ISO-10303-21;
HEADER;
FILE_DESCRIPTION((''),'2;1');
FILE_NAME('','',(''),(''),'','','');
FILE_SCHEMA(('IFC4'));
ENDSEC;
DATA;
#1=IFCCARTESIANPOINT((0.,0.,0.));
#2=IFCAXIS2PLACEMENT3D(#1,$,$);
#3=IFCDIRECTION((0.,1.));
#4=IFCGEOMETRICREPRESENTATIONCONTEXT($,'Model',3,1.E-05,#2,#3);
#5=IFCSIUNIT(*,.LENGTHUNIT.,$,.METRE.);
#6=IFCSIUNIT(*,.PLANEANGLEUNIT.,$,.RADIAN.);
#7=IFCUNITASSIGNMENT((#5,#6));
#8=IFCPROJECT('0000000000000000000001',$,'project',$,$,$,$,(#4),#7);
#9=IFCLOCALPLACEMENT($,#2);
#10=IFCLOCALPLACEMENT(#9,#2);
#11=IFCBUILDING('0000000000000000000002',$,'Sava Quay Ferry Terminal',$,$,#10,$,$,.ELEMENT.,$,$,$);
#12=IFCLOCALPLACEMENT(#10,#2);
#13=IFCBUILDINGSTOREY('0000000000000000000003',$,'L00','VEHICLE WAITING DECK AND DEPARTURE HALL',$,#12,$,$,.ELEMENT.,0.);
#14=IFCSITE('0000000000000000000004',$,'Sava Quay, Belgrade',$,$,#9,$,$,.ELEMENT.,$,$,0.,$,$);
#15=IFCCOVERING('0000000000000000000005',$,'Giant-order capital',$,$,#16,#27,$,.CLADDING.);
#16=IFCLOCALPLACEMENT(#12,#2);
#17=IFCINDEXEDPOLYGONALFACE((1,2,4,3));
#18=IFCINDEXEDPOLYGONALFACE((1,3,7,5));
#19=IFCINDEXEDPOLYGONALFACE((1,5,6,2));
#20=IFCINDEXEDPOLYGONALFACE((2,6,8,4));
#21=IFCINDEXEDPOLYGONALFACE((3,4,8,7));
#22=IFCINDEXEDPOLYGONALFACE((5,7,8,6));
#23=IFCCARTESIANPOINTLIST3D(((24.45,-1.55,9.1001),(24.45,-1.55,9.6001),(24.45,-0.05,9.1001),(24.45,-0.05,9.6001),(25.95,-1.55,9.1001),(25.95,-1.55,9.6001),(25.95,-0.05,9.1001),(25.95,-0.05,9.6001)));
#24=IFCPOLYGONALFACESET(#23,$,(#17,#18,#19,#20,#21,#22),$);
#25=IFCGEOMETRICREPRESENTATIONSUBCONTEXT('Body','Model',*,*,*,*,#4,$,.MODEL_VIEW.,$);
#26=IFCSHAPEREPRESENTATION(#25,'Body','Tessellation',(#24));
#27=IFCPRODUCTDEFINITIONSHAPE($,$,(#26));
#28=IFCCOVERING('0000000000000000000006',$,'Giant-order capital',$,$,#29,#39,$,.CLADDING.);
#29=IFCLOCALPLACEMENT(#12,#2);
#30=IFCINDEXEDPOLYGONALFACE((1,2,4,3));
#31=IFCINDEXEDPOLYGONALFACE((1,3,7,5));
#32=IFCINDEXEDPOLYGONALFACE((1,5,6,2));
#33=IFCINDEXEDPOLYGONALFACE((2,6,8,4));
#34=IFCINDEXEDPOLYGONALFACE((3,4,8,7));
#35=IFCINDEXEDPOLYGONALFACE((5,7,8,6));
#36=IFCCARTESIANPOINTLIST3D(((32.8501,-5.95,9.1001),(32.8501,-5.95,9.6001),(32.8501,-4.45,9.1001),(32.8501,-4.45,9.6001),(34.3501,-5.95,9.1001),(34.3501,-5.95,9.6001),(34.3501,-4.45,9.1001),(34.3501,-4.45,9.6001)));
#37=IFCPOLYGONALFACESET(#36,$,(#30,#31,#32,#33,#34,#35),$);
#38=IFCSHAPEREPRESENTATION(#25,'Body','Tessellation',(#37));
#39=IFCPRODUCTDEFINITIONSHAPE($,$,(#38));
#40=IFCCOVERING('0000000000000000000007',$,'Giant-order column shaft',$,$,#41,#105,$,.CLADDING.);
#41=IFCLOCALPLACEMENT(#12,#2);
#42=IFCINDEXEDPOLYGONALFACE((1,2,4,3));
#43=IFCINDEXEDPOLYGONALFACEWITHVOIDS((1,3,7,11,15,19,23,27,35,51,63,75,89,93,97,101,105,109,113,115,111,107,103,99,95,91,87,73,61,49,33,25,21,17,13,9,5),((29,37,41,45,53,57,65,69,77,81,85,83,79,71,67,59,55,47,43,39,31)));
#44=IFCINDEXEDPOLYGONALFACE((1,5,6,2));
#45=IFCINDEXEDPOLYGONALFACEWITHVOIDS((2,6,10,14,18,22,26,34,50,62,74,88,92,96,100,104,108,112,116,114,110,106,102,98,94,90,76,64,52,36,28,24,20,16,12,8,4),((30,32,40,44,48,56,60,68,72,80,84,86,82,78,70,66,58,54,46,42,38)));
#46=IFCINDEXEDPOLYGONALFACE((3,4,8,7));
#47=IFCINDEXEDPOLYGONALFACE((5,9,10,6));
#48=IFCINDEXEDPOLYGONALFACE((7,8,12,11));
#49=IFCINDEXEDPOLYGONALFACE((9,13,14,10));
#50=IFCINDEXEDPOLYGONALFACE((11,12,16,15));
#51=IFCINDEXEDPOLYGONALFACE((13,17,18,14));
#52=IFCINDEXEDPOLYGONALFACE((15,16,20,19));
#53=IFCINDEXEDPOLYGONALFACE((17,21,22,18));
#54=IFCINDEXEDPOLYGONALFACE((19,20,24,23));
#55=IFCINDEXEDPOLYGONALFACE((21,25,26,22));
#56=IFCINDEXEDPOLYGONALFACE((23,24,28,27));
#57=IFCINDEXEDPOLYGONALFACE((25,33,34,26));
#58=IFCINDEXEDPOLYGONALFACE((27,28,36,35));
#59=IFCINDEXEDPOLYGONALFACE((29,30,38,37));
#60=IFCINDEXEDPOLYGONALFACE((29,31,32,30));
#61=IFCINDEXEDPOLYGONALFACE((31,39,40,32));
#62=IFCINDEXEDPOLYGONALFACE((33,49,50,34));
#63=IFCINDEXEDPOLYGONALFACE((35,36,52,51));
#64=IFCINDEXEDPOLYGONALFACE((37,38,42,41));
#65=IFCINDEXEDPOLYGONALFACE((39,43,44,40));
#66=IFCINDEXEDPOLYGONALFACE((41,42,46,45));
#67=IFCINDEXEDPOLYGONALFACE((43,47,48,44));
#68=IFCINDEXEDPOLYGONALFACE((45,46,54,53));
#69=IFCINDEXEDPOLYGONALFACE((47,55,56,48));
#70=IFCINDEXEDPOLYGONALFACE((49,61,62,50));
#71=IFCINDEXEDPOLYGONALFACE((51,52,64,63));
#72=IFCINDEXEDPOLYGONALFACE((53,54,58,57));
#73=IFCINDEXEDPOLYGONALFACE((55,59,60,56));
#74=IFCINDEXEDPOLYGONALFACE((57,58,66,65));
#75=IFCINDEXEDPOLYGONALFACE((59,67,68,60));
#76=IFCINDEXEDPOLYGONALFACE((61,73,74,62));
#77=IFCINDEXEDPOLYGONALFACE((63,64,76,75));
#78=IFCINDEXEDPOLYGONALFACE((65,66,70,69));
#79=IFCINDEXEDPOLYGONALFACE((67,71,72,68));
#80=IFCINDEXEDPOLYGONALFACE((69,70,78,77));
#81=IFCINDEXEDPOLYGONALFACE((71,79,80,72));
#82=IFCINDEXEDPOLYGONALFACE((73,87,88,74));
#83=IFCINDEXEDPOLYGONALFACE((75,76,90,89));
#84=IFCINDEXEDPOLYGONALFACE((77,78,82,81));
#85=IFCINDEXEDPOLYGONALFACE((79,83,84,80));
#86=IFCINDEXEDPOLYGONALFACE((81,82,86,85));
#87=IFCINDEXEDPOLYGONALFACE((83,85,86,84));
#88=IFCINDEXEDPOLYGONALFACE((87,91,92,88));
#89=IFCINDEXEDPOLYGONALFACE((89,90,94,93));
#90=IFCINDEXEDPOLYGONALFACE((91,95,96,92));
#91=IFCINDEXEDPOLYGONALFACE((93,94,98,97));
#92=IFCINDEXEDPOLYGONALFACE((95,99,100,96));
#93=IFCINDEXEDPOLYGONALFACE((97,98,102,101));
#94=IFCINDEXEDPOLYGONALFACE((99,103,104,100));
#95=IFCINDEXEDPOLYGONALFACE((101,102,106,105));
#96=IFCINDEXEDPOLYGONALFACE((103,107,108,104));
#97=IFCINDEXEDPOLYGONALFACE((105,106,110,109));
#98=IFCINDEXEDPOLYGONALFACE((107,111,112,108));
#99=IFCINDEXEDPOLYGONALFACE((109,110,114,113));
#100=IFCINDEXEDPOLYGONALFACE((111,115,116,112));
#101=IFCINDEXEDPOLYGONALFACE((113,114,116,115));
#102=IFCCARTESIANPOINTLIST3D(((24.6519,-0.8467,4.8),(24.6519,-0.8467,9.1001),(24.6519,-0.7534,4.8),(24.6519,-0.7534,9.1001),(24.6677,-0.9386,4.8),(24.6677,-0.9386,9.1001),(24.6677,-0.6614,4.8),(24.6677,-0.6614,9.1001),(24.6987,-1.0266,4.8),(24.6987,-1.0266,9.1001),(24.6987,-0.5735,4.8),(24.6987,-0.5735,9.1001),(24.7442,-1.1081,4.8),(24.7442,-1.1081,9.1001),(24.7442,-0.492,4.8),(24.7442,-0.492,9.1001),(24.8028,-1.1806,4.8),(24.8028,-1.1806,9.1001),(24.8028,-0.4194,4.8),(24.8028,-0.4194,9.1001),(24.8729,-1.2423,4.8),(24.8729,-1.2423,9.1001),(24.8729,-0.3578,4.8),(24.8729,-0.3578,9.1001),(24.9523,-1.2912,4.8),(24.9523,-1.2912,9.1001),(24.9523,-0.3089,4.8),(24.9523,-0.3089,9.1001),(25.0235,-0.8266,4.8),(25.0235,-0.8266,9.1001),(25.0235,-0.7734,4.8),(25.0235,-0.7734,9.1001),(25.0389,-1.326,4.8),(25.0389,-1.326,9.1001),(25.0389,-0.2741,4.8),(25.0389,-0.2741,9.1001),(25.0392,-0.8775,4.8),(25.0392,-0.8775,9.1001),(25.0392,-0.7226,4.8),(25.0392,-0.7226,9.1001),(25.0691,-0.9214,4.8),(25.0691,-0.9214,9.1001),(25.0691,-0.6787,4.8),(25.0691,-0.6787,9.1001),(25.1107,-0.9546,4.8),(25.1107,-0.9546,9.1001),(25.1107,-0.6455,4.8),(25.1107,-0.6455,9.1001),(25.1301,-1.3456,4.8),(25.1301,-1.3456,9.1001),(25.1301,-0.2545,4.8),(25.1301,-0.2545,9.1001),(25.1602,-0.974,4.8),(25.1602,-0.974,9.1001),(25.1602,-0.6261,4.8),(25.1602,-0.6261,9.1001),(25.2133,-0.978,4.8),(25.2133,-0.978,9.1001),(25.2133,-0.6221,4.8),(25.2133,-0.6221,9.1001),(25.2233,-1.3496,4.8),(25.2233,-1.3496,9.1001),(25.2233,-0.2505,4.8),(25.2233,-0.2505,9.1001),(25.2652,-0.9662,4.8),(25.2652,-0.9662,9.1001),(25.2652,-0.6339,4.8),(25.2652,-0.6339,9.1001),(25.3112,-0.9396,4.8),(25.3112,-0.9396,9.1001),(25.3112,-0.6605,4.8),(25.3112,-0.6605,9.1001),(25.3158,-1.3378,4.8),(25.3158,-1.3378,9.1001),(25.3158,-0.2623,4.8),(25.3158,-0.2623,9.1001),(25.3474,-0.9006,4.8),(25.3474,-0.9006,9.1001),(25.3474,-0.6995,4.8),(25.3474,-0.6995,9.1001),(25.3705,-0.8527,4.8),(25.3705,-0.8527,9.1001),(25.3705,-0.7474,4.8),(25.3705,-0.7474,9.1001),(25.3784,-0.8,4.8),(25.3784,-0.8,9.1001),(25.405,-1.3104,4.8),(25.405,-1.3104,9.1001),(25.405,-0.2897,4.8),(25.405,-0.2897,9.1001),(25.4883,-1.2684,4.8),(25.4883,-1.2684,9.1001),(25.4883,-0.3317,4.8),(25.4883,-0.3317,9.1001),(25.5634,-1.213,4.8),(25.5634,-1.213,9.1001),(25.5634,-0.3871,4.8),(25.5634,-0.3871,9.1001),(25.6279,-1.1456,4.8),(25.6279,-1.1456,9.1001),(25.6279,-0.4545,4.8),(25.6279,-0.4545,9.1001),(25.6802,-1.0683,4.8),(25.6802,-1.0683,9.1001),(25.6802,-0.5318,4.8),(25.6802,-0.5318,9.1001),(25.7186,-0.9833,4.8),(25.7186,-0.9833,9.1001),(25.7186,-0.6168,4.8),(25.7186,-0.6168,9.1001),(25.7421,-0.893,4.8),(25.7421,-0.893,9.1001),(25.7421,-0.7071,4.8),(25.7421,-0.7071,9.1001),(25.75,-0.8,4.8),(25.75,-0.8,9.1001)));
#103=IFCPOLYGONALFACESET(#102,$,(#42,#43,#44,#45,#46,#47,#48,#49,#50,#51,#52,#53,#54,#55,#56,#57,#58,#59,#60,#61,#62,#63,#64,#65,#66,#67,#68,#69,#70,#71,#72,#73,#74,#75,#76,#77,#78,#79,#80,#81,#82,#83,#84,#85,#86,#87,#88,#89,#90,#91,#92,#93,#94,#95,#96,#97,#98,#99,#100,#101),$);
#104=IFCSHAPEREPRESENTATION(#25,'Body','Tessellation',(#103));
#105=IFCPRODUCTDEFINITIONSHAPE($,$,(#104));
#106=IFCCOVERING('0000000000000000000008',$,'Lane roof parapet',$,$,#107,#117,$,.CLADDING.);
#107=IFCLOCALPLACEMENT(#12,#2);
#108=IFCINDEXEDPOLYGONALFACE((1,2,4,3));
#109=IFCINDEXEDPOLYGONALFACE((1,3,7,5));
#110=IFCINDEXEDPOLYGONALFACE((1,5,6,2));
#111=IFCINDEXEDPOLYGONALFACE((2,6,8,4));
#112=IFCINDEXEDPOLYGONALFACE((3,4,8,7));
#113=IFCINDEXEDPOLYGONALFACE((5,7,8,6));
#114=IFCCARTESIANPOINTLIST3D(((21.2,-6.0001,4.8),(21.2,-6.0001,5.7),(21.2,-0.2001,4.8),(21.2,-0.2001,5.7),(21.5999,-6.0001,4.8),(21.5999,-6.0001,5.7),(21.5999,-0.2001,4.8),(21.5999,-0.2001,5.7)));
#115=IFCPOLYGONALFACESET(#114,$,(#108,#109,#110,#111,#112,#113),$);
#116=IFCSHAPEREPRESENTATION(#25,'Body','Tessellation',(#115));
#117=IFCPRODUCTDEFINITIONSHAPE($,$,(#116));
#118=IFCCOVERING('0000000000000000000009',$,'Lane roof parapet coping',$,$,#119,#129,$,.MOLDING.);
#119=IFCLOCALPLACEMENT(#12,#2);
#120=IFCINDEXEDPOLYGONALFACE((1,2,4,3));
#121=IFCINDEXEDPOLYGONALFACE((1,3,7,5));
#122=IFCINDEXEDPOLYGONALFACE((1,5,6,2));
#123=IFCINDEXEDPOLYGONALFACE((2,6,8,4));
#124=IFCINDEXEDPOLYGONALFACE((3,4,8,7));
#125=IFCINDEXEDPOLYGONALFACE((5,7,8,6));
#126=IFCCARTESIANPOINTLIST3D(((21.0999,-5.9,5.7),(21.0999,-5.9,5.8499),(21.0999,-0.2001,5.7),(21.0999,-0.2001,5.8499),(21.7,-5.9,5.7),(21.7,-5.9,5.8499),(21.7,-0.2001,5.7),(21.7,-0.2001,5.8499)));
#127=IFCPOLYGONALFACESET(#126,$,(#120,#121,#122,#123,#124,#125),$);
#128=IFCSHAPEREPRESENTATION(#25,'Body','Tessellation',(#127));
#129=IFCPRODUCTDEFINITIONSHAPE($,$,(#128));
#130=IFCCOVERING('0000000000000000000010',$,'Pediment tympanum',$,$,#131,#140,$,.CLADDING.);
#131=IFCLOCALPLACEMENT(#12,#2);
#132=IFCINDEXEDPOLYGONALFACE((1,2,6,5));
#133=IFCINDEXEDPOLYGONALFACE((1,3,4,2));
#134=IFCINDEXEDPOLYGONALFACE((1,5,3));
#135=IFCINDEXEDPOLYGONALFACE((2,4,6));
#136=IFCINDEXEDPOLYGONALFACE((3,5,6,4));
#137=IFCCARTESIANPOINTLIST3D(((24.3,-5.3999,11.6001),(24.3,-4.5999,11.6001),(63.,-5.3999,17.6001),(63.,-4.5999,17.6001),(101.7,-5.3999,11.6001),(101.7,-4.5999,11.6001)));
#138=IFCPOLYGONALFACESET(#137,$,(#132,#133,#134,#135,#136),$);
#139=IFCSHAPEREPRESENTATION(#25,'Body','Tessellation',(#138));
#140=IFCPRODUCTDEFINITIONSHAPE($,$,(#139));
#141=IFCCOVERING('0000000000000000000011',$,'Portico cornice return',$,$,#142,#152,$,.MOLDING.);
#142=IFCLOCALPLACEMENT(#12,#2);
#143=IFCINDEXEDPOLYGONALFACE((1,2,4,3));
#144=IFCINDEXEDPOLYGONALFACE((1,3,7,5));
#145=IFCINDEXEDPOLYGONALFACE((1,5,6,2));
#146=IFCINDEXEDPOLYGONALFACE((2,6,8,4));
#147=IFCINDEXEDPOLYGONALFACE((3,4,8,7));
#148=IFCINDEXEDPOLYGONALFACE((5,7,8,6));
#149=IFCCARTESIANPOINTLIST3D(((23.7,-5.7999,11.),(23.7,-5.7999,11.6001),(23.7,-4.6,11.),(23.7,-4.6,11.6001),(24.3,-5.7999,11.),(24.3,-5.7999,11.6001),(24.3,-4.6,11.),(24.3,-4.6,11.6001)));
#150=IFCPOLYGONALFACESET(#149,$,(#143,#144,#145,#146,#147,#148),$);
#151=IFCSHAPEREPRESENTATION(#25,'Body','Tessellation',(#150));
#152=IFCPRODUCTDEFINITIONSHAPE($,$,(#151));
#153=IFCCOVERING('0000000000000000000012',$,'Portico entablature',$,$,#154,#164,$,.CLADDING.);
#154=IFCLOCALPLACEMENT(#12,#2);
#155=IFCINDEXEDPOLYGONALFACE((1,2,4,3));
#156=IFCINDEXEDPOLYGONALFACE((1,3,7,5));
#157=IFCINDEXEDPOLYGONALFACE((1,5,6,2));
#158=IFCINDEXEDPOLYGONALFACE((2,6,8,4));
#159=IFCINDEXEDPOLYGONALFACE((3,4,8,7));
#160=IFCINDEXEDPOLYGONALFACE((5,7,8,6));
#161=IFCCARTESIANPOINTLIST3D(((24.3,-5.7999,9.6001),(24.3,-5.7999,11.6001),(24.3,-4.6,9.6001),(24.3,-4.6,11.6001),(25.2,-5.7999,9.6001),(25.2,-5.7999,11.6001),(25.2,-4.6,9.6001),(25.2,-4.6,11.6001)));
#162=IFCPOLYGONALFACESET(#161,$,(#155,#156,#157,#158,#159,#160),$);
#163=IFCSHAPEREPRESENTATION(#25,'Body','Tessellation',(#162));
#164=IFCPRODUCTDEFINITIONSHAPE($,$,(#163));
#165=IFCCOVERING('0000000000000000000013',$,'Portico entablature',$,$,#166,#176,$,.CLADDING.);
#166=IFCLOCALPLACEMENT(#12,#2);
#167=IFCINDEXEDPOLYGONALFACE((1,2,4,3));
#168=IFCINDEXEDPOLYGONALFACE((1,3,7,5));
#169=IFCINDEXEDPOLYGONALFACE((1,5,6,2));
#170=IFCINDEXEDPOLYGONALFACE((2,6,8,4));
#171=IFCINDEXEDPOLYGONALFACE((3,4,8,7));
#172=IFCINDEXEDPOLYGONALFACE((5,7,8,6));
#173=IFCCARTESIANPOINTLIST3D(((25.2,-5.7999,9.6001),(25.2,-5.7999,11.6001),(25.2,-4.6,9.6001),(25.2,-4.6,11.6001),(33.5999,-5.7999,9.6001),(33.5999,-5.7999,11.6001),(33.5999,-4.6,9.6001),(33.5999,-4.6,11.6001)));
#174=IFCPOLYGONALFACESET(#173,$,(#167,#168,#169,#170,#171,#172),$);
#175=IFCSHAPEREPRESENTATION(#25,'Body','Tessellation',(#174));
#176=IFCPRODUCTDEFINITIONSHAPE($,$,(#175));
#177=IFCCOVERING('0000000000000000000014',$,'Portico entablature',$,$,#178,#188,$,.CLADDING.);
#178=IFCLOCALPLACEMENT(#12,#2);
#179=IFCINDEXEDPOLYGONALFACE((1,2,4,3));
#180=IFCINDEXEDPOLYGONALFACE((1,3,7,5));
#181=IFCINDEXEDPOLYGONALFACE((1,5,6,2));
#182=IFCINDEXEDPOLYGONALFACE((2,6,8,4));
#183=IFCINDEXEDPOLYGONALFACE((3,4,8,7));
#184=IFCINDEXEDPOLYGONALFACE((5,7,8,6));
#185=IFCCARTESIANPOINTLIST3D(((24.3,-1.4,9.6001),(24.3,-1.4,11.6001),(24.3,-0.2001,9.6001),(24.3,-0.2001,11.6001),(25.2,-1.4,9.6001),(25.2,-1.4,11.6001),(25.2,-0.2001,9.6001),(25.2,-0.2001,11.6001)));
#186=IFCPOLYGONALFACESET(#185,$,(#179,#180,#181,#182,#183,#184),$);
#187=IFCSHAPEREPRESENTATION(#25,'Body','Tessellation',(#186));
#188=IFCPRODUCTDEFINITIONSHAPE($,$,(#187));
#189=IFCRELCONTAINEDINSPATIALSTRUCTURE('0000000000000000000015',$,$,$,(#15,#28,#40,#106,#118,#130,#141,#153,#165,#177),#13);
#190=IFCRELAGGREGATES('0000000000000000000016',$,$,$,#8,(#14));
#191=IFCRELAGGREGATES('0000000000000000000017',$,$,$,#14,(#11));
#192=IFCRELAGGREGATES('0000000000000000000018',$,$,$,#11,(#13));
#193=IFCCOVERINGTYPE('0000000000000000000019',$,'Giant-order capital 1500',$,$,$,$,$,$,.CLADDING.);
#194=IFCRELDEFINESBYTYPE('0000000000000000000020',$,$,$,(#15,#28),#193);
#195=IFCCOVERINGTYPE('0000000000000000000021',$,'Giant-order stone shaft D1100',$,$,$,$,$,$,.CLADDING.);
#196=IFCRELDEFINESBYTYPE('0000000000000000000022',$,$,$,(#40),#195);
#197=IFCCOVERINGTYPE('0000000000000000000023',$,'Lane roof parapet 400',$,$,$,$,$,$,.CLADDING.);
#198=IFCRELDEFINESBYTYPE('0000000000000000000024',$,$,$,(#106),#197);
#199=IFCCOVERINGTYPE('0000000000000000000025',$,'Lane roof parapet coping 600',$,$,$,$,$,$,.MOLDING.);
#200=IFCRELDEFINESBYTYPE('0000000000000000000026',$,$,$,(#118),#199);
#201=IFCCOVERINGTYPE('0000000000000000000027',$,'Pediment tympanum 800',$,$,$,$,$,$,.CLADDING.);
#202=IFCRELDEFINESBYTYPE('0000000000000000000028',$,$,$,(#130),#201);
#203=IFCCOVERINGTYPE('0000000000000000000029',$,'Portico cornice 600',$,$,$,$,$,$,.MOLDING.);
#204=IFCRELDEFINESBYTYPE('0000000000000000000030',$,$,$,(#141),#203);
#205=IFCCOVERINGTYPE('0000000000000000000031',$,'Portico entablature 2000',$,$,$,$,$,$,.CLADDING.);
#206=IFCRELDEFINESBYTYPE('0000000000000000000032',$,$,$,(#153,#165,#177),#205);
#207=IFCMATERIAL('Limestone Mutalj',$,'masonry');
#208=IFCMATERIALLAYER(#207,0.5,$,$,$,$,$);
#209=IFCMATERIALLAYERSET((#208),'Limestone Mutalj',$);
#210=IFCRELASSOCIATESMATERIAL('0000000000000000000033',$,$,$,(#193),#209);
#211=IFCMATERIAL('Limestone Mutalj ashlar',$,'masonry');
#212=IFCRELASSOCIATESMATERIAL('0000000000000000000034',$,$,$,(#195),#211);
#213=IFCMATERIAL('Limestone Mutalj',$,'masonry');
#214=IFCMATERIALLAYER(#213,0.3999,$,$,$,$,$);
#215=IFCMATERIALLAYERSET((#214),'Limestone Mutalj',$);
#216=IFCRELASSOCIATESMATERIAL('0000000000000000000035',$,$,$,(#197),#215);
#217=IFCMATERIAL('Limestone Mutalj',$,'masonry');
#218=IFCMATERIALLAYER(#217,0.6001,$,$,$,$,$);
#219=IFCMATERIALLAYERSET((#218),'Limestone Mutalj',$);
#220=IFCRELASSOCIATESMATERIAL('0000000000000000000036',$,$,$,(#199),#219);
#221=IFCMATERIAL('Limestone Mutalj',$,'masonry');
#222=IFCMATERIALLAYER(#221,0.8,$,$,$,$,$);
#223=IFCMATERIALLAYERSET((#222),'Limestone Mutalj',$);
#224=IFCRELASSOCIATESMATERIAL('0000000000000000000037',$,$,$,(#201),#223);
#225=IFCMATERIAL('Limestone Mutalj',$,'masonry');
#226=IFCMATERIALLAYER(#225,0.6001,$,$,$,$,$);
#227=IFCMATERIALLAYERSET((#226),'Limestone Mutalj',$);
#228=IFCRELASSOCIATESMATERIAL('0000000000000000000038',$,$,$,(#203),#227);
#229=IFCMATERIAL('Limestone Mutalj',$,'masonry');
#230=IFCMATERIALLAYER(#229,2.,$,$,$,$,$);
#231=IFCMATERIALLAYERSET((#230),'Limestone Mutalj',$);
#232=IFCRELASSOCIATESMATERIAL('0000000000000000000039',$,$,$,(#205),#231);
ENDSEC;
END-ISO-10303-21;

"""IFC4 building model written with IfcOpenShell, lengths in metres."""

from ifc_helpers import new_model, si_unit, direction, frame, origin, origin_2d, place, context, subcontext, project, spatial, polyline, rectangle, hollow_circle, outline, extrude, material, layer, layer_set, material_profile, profile_set, type_object, element, save


model = new_model("IFC4")

# Units and contexts
model_context = context("Model", 3, precision=1e-05, world=origin(), true_north=direction((0.0, 1.0)))
body_context = subcontext(model_context, "Body", "Model", "MODEL_VIEW")
ifc_project = project(units=[si_unit("LENGTHUNIT", "METRE"), si_unit("PLANEANGLEUNIT", "RADIAN")], contexts=[model_context])

# Site, building, storey
site_placement = place(None, origin())
site = spatial("IfcSite", under=ifc_project, at=site_placement, Name="Sava Quay, Belgrade", CompositionType="ELEMENT", RefElevation=0.0)
building_placement = place(site_placement, origin())
building = spatial("IfcBuilding", under=site, at=building_placement, Name="Sava Quay Ferry Terminal", CompositionType="ELEMENT")
storey_placement = place(building_placement, origin())
storey = spatial("IfcBuildingStorey", under=building, at=storey_placement, Name="L00", Description="VEHICLE WAITING DECK AND DEPARTURE HALL", CompositionType="ELEMENT", Elevation=0.0)

# Coverings
ifc_material_1 = material(Name="Limestone Mutalj", Category="masonry")
ifc_layer_1 = layer(ifc_material_1, 0.5)
ifc_layer_set_1 = layer_set([ifc_layer_1], Name="Limestone Mutalj")
covering_type_1 = type_object("IfcCoveringType", Name="Giant-order capital 1500", PredefinedType="CLADDING", material=ifc_layer_set_1)
for number, where, z_axis, x_axis, name in (
    (1, (25.2, -0.8, 9.1001), (0.0, 0.0, 1.0), (1.0, 0.0, 0.0), "Giant-order capital"),
    (2, (33.6001, -5.2, 9.1001), (0.0, 0.0, 1.0), (1.0, 0.0, 0.0), "Giant-order capital"),
):
    element("IfcCovering", number, at=place(storey_placement, frame(where, z_axis=z_axis, x_axis=x_axis)), inside=storey, type_object=covering_type_1, Name=name, PredefinedType="CLADDING", context=body_context, shape_type="SweptSolid", body=[
        extrude(rectangle(XDim=1.5, YDim=1.5, at=origin_2d()), origin(), (0.0, 0.0, 1.0), 0.5),
    ])
ifc_material_2 = material(Name="Limestone Mutalj ashlar", Category="masonry")
ifc_material_profile = material_profile(ifc_material_2, hollow_circle(Radius=0.55, WallThickness=0.3716, at=origin_2d()), Name="Stone shaft D1100")
ifc_profile_set = profile_set([ifc_material_profile], Name="Limestone Mutalj ashlar")
covering_type_2 = type_object("IfcCoveringType", Name="Giant-order stone shaft D1100", PredefinedType="CLADDING", material=ifc_profile_set)
covering_1_placement = place(storey_placement, frame((25.2, -0.8, 4.8), z_axis=(0.0, 0.0, 1.0), x_axis=(1.0, 0.0, 0.0)))
element("IfcCovering", 3, at=covering_1_placement, inside=storey, type_object=covering_type_2, Name="Giant-order column shaft", PredefinedType="CLADDING", context=body_context, shape_type="SweptSolid", body=[
    extrude(hollow_circle(Radius=0.55, WallThickness=0.3716, at=origin_2d()), origin(), (0.0, 0.0, 1.0), 4.3),
])
ifc_material_3 = material(Name="Limestone Mutalj", Category="masonry")
ifc_layer_2 = layer(ifc_material_3, 0.3999)
ifc_layer_set_2 = layer_set([ifc_layer_2], Name="Limestone Mutalj")
covering_type_3 = type_object("IfcCoveringType", Name="Lane roof parapet 400", PredefinedType="CLADDING", material=ifc_layer_set_2)
covering_2_placement = place(storey_placement, frame((21.3999, -3.1001, 4.8), z_axis=(0.0, 0.0, 1.0), x_axis=(1.0, 0.0, 0.0)))
element("IfcCovering", 4, at=covering_2_placement, inside=storey, type_object=covering_type_3, Name="Lane roof parapet", PredefinedType="CLADDING", context=body_context, shape_type="SweptSolid", body=[
    extrude(rectangle(XDim=0.3999, YDim=5.8, at=origin_2d()), origin(), (0.0, 0.0, 1.0), 0.8999),
])
ifc_material_4 = material(Name="Limestone Mutalj", Category="masonry")
ifc_layer_3 = layer(ifc_material_4, 0.6001)
ifc_layer_set_3 = layer_set([ifc_layer_3], Name="Limestone Mutalj")
covering_type_4 = type_object("IfcCoveringType", Name="Lane roof parapet coping 600", PredefinedType="MOLDING", material=ifc_layer_set_3)
covering_3_placement = place(storey_placement, frame((21.3999, -3.05, 5.7), z_axis=(0.0, 0.0, 1.0), x_axis=(1.0, 0.0, 0.0)))
element("IfcCovering", 5, at=covering_3_placement, inside=storey, type_object=covering_type_4, Name="Lane roof parapet coping", PredefinedType="MOLDING", context=body_context, shape_type="SweptSolid", body=[
    extrude(rectangle(XDim=0.6001, YDim=5.7, at=origin_2d()), origin(), (0.0, 0.0, 1.0), 0.1499),
])
ifc_material_5 = material(Name="Limestone Mutalj", Category="masonry")
ifc_layer_4 = layer(ifc_material_5, 0.8)
ifc_layer_set_4 = layer_set([ifc_layer_4], Name="Limestone Mutalj")
covering_type_5 = type_object("IfcCoveringType", Name="Pediment tympanum 800", PredefinedType="CLADDING", material=ifc_layer_set_4)
covering_4_placement = place(storey_placement, frame((24.3, -5.3999, 11.6001), z_axis=(0.0, -1.0, 0.0), x_axis=(1.0, 0.0, 0.0)))
element("IfcCovering", 6, at=covering_4_placement, inside=storey, type_object=covering_type_5, Name="Pediment tympanum", PredefinedType="CLADDING", context=body_context, shape_type="SweptSolid", body=[
    extrude(outline(polyline([(0.0, 0.0), (77.3999, 0.0), (38.7, 6.0), (0.0, 0.0)])), origin(), (0.0, 0.0, -1.0), 0.8),
])
ifc_material_6 = material(Name="Limestone Mutalj", Category="masonry")
ifc_layer_5 = layer(ifc_material_6, 0.6001)
ifc_layer_set_5 = layer_set([ifc_layer_5], Name="Limestone Mutalj")
covering_type_6 = type_object("IfcCoveringType", Name="Portico cornice 600", PredefinedType="MOLDING", material=ifc_layer_set_5)
covering_5_placement = place(storey_placement, frame((24.0, -5.2, 11.0), z_axis=(0.0, 0.0, 1.0), x_axis=(1.0, 0.0, 0.0)))
element("IfcCovering", 7, at=covering_5_placement, inside=storey, type_object=covering_type_6, Name="Portico cornice return", PredefinedType="MOLDING", context=body_context, shape_type="SweptSolid", body=[
    extrude(rectangle(XDim=0.6001, YDim=1.2, at=origin_2d()), origin(), (0.0, 0.0, 1.0), 0.6001),
])
ifc_material_7 = material(Name="Limestone Mutalj", Category="masonry")
ifc_layer_6 = layer(ifc_material_7, 2.0)
ifc_layer_set_6 = layer_set([ifc_layer_6], Name="Limestone Mutalj")
covering_type_7 = type_object("IfcCoveringType", Name="Portico entablature 2000", PredefinedType="CLADDING", material=ifc_layer_set_6)
covering_6_placement = place(storey_placement, frame((24.75, -5.2, 9.6001), z_axis=(0.0, 0.0, 1.0), x_axis=(1.0, 0.0, 0.0)))
element("IfcCovering", 8, at=covering_6_placement, inside=storey, type_object=covering_type_7, Name="Portico entablature", PredefinedType="CLADDING", context=body_context, shape_type="SweptSolid", body=[
    extrude(rectangle(XDim=0.8999, YDim=1.2, at=origin_2d()), origin(), (0.0, 0.0, 1.0), 2.0),
])
covering_7_placement = place(storey_placement, frame((29.3999, -5.2, 9.6001), z_axis=(0.0, 0.0, 1.0), x_axis=(1.0, 0.0, 0.0)))
element("IfcCovering", 9, at=covering_7_placement, inside=storey, type_object=covering_type_7, Name="Portico entablature", PredefinedType="CLADDING", context=body_context, shape_type="SweptSolid", body=[
    extrude(rectangle(XDim=8.3999, YDim=1.2, at=origin_2d()), origin(), (0.0, 0.0, 1.0), 2.0),
])
covering_8_placement = place(storey_placement, frame((24.75, -0.8, 9.6001), z_axis=(0.0, 0.0, 1.0), x_axis=(1.0, 0.0, 0.0)))
element("IfcCovering", 10, at=covering_8_placement, inside=storey, type_object=covering_type_7, Name="Portico entablature", PredefinedType="CLADDING", context=body_context, shape_type="SweptSolid", body=[
    extrude(rectangle(XDim=0.8999, YDim=1.2, at=origin_2d()), origin(), (0.0, 0.0, 1.0), 2.0),
])

save(model, "model.ifc")
